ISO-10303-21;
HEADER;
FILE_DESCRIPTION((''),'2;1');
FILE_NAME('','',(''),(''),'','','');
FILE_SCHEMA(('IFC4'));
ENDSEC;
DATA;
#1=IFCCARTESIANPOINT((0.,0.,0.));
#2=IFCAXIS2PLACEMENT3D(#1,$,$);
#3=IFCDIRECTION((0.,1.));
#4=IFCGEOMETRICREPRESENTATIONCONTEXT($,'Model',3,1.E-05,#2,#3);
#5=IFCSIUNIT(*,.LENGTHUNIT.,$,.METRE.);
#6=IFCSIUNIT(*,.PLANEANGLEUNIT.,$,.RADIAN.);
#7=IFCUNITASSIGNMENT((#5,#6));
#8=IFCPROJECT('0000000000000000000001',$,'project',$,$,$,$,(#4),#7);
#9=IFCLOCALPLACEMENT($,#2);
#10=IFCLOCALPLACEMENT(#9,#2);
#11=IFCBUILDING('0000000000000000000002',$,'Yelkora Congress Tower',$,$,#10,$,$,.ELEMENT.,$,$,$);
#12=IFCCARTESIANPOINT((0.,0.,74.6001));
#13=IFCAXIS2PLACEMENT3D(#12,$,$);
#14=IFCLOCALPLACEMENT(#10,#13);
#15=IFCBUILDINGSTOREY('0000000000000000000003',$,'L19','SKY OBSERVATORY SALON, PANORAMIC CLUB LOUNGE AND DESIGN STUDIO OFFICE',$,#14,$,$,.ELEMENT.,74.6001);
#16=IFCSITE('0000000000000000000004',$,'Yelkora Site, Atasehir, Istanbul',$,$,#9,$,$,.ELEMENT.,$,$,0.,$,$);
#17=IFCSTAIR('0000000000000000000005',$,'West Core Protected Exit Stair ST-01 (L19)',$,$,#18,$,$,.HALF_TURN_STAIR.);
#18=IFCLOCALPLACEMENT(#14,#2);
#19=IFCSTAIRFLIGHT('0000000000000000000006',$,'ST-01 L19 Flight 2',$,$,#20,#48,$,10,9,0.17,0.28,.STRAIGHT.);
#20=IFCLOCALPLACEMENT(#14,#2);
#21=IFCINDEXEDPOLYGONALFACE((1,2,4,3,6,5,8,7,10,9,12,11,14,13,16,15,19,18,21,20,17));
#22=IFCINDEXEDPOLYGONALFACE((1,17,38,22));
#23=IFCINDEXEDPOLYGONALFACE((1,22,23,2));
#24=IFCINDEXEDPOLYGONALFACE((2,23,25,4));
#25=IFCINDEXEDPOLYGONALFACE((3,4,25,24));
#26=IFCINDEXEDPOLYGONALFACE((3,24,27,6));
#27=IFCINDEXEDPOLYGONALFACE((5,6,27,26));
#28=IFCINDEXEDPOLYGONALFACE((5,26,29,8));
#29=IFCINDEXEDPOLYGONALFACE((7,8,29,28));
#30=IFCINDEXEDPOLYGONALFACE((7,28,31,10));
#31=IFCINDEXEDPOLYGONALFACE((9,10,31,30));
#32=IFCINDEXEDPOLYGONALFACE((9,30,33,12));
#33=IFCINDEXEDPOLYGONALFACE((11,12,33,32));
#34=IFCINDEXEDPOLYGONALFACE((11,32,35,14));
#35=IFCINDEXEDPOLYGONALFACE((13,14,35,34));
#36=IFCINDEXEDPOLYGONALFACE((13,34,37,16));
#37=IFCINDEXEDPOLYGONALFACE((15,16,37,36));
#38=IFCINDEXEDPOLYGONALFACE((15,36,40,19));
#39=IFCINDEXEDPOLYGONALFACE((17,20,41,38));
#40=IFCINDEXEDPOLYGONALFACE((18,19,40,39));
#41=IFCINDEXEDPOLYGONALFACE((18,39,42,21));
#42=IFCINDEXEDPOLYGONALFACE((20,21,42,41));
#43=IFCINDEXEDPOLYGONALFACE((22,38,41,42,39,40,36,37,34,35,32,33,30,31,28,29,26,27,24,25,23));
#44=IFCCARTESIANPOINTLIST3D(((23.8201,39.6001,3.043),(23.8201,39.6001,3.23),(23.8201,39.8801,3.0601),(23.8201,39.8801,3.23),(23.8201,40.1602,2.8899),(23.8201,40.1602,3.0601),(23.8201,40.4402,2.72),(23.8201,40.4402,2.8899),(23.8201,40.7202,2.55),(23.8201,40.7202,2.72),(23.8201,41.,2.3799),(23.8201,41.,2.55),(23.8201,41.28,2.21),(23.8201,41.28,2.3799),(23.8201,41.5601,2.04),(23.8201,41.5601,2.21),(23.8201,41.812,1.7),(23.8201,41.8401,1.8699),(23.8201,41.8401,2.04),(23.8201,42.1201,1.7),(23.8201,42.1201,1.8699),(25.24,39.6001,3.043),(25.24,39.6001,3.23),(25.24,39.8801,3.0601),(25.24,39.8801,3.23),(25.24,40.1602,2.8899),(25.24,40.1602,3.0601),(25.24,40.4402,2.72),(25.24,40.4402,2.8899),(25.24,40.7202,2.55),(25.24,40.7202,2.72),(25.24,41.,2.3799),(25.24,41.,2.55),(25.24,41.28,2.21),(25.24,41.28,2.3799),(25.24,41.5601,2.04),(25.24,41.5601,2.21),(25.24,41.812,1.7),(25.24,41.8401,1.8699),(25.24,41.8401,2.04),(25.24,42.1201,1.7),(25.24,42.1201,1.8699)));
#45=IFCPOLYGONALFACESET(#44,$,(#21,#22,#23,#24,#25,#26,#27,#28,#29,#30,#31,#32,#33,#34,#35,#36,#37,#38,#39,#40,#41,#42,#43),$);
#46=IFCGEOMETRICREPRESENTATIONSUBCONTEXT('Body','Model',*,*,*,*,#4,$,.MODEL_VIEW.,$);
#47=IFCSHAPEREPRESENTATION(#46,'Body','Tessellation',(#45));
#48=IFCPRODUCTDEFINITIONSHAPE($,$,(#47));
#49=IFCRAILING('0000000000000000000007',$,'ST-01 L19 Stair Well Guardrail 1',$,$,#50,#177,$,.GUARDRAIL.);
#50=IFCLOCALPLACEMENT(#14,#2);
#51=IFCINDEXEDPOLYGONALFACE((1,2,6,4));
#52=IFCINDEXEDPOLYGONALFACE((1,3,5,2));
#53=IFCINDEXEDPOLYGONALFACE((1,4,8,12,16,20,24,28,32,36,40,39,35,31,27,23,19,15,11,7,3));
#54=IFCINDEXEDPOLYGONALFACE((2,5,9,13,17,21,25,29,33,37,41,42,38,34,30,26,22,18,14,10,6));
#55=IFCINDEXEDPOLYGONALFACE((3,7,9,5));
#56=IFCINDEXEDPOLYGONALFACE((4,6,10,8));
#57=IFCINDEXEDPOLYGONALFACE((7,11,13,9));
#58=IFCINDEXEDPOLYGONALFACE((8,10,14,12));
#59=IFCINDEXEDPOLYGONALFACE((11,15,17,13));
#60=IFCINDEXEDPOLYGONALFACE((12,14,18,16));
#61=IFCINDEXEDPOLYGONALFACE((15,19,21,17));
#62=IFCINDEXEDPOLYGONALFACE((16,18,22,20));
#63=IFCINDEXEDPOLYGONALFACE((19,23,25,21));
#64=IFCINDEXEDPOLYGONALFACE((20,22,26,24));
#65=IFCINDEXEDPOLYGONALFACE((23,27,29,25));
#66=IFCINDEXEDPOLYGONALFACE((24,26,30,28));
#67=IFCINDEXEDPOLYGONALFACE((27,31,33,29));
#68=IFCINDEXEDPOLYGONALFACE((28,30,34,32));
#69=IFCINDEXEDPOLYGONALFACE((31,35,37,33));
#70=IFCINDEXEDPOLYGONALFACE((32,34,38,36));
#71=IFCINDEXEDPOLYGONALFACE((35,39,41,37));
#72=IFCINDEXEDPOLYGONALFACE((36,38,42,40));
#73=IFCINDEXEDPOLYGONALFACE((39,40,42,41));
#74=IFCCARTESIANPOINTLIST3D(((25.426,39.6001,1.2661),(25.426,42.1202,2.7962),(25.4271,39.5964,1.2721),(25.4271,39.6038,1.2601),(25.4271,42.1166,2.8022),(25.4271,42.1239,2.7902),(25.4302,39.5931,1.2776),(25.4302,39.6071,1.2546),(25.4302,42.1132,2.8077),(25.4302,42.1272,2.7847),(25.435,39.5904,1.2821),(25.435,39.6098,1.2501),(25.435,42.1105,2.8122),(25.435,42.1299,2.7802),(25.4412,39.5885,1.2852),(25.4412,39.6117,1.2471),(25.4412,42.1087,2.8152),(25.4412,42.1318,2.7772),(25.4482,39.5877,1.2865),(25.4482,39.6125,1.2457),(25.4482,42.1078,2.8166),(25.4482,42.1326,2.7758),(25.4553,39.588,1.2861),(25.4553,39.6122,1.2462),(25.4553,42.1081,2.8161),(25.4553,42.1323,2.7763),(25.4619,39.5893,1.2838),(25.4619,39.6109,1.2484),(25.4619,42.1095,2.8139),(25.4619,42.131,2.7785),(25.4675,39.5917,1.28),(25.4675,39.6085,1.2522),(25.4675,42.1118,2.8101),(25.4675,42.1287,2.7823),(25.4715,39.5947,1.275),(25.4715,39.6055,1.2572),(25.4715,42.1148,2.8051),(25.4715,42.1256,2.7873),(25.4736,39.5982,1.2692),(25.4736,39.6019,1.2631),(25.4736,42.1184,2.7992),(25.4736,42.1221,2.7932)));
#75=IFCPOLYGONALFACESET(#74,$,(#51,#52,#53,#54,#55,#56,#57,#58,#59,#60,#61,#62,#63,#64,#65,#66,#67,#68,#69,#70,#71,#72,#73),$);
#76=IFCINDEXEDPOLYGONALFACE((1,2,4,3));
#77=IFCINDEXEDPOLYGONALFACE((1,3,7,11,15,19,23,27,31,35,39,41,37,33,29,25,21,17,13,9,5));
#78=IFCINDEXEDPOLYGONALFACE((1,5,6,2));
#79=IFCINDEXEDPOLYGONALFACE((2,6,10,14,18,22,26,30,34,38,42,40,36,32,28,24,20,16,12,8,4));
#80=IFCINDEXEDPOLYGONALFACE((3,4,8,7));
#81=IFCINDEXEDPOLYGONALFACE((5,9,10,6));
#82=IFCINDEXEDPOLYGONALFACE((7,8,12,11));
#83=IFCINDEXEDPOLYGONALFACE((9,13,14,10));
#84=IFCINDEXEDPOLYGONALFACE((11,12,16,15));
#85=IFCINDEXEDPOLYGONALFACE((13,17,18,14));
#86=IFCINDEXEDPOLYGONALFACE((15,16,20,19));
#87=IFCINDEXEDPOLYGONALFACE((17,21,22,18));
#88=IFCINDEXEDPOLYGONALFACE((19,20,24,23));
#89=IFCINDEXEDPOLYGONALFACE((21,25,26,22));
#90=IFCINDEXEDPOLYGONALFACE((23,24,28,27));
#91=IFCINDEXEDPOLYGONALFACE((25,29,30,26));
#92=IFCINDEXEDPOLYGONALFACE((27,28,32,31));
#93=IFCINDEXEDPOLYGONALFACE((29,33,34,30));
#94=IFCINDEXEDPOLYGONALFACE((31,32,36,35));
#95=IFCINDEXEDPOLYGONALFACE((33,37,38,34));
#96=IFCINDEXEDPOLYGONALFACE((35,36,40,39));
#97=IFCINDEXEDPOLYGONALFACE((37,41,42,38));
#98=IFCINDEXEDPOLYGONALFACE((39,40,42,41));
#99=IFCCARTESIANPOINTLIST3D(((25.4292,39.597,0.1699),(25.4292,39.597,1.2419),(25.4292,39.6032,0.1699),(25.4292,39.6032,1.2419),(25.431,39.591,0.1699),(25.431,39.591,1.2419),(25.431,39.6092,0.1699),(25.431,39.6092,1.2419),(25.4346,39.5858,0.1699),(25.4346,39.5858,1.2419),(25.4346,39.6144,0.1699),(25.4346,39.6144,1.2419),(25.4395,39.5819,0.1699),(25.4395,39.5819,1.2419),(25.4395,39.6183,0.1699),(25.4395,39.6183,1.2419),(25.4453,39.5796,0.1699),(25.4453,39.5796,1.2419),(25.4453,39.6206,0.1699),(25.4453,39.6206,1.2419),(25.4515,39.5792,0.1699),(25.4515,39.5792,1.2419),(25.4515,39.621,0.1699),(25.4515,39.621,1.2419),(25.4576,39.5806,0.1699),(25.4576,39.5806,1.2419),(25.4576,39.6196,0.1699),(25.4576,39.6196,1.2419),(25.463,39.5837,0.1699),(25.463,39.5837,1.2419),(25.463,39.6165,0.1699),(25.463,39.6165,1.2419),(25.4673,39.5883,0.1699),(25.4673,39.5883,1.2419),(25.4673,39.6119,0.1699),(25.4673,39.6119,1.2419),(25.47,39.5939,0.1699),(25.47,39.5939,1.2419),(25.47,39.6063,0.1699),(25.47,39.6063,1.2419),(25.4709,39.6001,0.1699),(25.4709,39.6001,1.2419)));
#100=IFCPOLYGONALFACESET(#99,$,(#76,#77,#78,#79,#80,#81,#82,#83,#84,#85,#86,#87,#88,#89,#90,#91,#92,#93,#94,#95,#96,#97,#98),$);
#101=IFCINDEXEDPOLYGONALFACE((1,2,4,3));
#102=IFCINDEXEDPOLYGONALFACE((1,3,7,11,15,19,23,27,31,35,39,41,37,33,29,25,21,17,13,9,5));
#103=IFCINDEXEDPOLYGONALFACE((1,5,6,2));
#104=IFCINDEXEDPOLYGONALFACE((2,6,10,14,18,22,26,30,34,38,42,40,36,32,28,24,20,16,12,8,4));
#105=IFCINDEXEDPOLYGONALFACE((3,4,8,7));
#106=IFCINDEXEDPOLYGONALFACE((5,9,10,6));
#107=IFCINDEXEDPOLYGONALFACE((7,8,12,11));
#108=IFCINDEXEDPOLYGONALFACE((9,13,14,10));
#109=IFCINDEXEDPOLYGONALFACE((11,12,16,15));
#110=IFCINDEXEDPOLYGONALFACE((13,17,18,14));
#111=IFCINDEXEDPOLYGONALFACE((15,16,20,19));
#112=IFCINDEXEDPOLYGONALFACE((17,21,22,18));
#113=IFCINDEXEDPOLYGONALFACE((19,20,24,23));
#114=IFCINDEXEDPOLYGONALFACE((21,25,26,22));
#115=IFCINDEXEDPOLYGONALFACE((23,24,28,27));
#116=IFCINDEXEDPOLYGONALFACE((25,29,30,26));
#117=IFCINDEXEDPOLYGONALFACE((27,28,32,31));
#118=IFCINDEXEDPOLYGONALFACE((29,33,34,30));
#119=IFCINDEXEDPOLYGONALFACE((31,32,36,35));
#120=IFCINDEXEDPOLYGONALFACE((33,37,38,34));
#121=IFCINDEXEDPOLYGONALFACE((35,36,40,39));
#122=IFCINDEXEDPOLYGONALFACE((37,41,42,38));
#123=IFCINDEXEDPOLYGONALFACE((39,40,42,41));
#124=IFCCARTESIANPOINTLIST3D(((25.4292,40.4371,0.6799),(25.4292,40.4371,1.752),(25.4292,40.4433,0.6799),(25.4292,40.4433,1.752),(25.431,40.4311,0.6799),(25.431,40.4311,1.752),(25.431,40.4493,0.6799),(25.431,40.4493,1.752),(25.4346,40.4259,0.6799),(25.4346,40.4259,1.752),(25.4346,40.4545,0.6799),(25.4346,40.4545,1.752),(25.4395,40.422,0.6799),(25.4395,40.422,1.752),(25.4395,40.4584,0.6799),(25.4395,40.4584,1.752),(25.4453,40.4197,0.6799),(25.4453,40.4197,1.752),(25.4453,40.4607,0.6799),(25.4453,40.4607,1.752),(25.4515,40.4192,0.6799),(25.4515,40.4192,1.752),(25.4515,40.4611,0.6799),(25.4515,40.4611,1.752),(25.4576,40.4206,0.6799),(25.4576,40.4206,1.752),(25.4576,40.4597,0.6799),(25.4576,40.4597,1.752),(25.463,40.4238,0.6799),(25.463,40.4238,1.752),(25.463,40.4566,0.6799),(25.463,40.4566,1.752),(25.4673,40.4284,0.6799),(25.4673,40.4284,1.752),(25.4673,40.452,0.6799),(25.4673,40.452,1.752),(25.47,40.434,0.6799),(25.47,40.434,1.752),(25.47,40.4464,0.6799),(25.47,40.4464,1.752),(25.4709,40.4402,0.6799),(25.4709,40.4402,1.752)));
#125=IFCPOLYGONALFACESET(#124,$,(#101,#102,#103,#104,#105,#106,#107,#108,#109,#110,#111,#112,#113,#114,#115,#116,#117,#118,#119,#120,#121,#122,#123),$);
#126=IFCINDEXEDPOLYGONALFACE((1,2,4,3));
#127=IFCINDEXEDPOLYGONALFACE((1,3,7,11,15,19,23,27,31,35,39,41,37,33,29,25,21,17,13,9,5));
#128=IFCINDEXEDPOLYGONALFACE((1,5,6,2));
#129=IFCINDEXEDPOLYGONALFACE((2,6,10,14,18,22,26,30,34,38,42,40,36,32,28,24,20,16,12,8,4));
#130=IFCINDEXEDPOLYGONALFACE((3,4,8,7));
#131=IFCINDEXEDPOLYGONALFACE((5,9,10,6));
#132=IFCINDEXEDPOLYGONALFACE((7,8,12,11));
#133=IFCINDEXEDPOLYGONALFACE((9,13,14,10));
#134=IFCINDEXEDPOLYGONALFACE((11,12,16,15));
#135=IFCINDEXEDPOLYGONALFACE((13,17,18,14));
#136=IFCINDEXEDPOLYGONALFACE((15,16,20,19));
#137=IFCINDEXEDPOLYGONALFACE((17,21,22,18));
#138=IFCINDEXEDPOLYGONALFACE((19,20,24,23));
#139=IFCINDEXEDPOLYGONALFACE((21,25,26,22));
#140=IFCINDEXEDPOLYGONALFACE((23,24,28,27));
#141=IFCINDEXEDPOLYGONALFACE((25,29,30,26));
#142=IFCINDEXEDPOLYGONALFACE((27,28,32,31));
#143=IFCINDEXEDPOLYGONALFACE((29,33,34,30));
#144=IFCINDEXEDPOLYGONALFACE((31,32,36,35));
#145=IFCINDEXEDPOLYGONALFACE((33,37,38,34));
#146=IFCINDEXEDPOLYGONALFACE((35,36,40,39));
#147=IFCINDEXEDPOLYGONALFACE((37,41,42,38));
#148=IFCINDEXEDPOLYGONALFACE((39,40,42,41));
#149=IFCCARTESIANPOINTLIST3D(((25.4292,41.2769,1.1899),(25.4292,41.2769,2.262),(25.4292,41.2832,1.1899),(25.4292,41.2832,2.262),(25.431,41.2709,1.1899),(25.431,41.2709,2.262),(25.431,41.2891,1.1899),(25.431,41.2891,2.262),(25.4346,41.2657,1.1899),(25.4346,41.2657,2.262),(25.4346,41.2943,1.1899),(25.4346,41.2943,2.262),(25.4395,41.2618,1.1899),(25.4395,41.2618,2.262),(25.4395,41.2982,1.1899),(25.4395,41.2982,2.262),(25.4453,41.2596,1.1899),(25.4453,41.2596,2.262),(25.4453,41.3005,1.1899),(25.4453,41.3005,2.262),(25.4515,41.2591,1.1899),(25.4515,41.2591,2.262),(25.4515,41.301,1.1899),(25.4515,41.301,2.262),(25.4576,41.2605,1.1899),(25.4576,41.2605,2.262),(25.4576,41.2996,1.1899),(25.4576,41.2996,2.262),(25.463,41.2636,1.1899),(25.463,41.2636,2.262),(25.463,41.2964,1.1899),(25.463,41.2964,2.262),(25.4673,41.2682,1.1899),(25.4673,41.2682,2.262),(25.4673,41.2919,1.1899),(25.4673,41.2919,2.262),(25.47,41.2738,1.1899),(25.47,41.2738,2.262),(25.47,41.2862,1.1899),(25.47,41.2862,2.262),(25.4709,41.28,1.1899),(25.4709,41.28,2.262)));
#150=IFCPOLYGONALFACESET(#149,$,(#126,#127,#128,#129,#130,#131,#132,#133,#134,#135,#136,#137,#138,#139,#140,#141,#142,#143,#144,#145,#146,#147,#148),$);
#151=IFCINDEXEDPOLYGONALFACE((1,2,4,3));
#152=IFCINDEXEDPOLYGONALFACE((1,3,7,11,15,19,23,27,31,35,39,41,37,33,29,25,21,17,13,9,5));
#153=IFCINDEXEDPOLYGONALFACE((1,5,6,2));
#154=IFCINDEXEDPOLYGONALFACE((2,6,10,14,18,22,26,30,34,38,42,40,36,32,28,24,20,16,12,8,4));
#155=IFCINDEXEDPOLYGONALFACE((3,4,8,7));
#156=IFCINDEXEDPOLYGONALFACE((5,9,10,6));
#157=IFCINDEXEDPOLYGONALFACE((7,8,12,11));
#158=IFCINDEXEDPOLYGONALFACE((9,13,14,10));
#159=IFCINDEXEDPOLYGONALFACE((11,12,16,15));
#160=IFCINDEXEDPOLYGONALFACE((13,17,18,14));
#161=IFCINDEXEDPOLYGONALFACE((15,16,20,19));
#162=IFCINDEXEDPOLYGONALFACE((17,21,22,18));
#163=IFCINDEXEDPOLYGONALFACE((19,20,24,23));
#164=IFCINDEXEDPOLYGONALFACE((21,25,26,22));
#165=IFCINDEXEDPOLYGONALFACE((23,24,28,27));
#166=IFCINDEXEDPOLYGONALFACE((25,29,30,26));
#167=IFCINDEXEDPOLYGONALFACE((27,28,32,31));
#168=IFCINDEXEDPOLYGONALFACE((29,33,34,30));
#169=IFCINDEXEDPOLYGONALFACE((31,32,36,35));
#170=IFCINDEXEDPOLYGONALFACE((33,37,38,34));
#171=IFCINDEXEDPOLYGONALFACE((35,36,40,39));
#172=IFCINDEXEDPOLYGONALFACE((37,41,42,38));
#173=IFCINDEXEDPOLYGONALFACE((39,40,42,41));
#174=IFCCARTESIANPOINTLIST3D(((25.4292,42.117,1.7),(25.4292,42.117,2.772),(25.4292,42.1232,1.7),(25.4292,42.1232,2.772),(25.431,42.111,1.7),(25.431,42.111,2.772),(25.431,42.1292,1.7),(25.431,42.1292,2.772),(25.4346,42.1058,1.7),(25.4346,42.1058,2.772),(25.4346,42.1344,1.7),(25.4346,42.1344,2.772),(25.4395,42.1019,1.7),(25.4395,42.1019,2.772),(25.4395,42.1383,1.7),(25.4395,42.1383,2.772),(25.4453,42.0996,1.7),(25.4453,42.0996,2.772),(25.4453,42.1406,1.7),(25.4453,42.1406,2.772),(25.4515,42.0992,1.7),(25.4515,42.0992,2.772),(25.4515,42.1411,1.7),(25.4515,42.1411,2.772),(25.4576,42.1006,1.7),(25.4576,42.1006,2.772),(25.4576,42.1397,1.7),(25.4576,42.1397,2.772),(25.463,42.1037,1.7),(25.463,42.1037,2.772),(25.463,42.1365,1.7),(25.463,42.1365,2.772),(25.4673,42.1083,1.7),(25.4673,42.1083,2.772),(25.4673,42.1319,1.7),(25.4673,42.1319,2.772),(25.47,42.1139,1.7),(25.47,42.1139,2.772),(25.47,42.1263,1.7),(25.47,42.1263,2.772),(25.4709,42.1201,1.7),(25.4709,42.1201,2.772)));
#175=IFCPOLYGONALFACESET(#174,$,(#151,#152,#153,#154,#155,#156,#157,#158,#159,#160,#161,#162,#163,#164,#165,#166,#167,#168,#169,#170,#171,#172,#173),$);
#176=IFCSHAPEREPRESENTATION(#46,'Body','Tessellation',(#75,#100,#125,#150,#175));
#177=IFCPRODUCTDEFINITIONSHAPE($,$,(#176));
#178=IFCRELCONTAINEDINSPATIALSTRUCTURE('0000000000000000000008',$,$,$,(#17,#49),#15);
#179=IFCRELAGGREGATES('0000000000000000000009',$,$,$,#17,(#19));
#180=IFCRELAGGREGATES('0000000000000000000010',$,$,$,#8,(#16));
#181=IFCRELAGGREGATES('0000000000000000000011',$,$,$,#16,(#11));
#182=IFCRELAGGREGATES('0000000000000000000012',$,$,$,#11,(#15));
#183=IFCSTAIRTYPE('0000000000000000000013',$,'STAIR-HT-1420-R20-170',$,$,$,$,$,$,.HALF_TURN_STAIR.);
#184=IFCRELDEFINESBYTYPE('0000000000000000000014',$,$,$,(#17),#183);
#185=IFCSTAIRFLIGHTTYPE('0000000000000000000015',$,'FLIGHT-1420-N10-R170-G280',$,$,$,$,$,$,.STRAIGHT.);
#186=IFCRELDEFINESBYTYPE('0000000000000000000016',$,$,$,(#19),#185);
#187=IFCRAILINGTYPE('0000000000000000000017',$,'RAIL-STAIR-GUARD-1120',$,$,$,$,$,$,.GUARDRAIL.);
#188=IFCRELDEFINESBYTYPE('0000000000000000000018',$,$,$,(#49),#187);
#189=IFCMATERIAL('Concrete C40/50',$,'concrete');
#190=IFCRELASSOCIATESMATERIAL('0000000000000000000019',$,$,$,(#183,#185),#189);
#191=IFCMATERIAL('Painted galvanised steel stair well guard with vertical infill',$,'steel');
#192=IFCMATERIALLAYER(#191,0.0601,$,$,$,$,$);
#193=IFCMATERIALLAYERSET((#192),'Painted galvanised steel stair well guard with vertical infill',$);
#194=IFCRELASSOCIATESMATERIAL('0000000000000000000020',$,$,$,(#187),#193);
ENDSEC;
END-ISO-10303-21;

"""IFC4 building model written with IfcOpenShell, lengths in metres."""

from ifc_helpers import new_model, si_unit, direction, frame, origin, origin_2d, place, context, subcontext, project, spatial, polyline, circle, outline, extrude, material, layer, layer_set, type_object, element, aggregate, save


model = new_model("IFC4")

# Units and contexts
model_context = context("Model", 3, precision=1e-05, world=origin(), true_north=direction((0.0, 1.0)))
body_context = subcontext(model_context, "Body", "Model", "MODEL_VIEW")
ifc_project = project(units=[si_unit("LENGTHUNIT", "METRE"), si_unit("PLANEANGLEUNIT", "RADIAN")], contexts=[model_context])

# Site, building, storey
site_placement = place(None, origin())
site = spatial("IfcSite", under=ifc_project, at=site_placement, Name="Yelkora Site, Atasehir, Istanbul", CompositionType="ELEMENT", RefElevation=0.0)
building_placement = place(site_placement, origin())
building = spatial("IfcBuilding", under=site, at=building_placement, Name="Yelkora Congress Tower", CompositionType="ELEMENT")
storey_placement = place(building_placement, frame((0.0, 0.0, 74.6001)))
storey = spatial("IfcBuildingStorey", under=building, at=storey_placement, Name="L19", Description="SKY OBSERVATORY SALON, PANORAMIC CLUB LOUNGE AND DESIGN STUDIO OFFICE", CompositionType="ELEMENT", Elevation=74.6001)

# Stair, stair flight
ifc_material_1 = material(Name="Concrete C40/50", Category="concrete")
stair_type = type_object("IfcStairType", Name="STAIR-HT-1420-R20-170", PredefinedType="HALF_TURN_STAIR", material=ifc_material_1)
stair_placement = place(storey_placement, origin())
stair = element("IfcStair", 1, at=stair_placement, inside=storey, type_object=stair_type, Name="West Core Protected Exit Stair ST-01 (L19)", PredefinedType="HALF_TURN_STAIR")
stair_flight_type = type_object("IfcStairFlightType", Name="FLIGHT-1420-N10-R170-G280", PredefinedType="STRAIGHT", material=ifc_material_1)
stair_flight_1_placement = place(storey_placement, frame((24.53, 42.1201, 1.7), z_axis=(0.0, 0.0, 1.0), x_axis=(0.0, -1.0, 0.0)))
stair_flight_1 = element("IfcStairFlight", 2, at=stair_flight_1_placement, type_object=stair_flight_type, Name="ST-01 L19 Flight 2", NumberOfRisers=10, NumberOfTreads=9, PredefinedType="STRAIGHT", RiserHeight=0.17, TreadLength=0.28, context=body_context, shape_type="SweptSolid", body=[
    extrude(outline(polyline([(0.0, 0.0), (0.0, 0.1699), (0.28, 0.1699), (0.28, 0.3401), (0.5601, 0.3401), (0.5601, 0.51), (0.8401, 0.51), (0.8401, 0.6799), (1.1201, 0.6799), (1.1201, 0.8501), (1.3999, 0.8501), (1.3999, 1.02), (1.6799, 1.02), (1.6799, 1.1899), (1.96, 1.1899), (1.96, 1.3601), (2.24, 1.3601), (2.24, 1.53), (2.52, 1.53), (2.52, 1.7), (2.52, 1.343), (0.3081, 0.0), (0.0, 0.0)])), frame((0.0, 0.71, 0.0), z_axis=(0.0, -1.0, 0.0), x_axis=(1.0, 0.0, 0.0)), (0.0, 0.0, 1.0), 1.4199),
])
aggregate(stair, [stair_flight_1])

# Railing
ifc_material_2 = material(Name="Painted galvanised steel stair well guard with vertical infill", Category="steel")
ifc_layer_1 = layer(ifc_material_2, 0.0601)
ifc_layer_set_1 = layer_set([ifc_layer_1], Name="Painted galvanised steel stair well guard with vertical infill")
railing_type_1 = type_object("IfcRailingType", Name="RAIL-STAIR-GUARD-1120", PredefinedType="GUARDRAIL", material=ifc_layer_set_1)
railing_1_placement = place(storey_placement, frame((25.45, 39.6001, 0.1699)))
element("IfcRailing", 3, at=railing_1_placement, inside=storey, type_object=railing_type_1, Name="ST-01 L19 Stair Well Guardrail 1", PredefinedType="GUARDRAIL", context=body_context, shape_type="SweptSolid", body=[
    extrude(circle(Radius=0.0239, at=origin_2d()), frame((0.0, 0.0, 1.0962), z_axis=(0.0, 0.854785, 0.518982), x_axis=(-1.0, 0.0, 0.0)), (0.0, 0.0, 1.0), 2.9482),
    extrude(circle(Radius=0.021, at=origin_2d()), origin(), (0.0, 0.0, 1.0), 1.072),
    extrude(circle(Radius=0.021, at=origin_2d()), frame((0.0, 0.8401, 0.51)), (0.0, 0.0, 1.0), 1.072),
    extrude(circle(Radius=0.021, at=origin_2d()), frame((0.0, 1.6799, 1.02)), (0.0, 0.0, 1.0), 1.072),
    extrude(circle(Radius=0.021, at=origin_2d()), frame((0.0, 2.52, 1.53)), (0.0, 0.0, 1.0), 1.072),
])

save(model, "model.ifc")
